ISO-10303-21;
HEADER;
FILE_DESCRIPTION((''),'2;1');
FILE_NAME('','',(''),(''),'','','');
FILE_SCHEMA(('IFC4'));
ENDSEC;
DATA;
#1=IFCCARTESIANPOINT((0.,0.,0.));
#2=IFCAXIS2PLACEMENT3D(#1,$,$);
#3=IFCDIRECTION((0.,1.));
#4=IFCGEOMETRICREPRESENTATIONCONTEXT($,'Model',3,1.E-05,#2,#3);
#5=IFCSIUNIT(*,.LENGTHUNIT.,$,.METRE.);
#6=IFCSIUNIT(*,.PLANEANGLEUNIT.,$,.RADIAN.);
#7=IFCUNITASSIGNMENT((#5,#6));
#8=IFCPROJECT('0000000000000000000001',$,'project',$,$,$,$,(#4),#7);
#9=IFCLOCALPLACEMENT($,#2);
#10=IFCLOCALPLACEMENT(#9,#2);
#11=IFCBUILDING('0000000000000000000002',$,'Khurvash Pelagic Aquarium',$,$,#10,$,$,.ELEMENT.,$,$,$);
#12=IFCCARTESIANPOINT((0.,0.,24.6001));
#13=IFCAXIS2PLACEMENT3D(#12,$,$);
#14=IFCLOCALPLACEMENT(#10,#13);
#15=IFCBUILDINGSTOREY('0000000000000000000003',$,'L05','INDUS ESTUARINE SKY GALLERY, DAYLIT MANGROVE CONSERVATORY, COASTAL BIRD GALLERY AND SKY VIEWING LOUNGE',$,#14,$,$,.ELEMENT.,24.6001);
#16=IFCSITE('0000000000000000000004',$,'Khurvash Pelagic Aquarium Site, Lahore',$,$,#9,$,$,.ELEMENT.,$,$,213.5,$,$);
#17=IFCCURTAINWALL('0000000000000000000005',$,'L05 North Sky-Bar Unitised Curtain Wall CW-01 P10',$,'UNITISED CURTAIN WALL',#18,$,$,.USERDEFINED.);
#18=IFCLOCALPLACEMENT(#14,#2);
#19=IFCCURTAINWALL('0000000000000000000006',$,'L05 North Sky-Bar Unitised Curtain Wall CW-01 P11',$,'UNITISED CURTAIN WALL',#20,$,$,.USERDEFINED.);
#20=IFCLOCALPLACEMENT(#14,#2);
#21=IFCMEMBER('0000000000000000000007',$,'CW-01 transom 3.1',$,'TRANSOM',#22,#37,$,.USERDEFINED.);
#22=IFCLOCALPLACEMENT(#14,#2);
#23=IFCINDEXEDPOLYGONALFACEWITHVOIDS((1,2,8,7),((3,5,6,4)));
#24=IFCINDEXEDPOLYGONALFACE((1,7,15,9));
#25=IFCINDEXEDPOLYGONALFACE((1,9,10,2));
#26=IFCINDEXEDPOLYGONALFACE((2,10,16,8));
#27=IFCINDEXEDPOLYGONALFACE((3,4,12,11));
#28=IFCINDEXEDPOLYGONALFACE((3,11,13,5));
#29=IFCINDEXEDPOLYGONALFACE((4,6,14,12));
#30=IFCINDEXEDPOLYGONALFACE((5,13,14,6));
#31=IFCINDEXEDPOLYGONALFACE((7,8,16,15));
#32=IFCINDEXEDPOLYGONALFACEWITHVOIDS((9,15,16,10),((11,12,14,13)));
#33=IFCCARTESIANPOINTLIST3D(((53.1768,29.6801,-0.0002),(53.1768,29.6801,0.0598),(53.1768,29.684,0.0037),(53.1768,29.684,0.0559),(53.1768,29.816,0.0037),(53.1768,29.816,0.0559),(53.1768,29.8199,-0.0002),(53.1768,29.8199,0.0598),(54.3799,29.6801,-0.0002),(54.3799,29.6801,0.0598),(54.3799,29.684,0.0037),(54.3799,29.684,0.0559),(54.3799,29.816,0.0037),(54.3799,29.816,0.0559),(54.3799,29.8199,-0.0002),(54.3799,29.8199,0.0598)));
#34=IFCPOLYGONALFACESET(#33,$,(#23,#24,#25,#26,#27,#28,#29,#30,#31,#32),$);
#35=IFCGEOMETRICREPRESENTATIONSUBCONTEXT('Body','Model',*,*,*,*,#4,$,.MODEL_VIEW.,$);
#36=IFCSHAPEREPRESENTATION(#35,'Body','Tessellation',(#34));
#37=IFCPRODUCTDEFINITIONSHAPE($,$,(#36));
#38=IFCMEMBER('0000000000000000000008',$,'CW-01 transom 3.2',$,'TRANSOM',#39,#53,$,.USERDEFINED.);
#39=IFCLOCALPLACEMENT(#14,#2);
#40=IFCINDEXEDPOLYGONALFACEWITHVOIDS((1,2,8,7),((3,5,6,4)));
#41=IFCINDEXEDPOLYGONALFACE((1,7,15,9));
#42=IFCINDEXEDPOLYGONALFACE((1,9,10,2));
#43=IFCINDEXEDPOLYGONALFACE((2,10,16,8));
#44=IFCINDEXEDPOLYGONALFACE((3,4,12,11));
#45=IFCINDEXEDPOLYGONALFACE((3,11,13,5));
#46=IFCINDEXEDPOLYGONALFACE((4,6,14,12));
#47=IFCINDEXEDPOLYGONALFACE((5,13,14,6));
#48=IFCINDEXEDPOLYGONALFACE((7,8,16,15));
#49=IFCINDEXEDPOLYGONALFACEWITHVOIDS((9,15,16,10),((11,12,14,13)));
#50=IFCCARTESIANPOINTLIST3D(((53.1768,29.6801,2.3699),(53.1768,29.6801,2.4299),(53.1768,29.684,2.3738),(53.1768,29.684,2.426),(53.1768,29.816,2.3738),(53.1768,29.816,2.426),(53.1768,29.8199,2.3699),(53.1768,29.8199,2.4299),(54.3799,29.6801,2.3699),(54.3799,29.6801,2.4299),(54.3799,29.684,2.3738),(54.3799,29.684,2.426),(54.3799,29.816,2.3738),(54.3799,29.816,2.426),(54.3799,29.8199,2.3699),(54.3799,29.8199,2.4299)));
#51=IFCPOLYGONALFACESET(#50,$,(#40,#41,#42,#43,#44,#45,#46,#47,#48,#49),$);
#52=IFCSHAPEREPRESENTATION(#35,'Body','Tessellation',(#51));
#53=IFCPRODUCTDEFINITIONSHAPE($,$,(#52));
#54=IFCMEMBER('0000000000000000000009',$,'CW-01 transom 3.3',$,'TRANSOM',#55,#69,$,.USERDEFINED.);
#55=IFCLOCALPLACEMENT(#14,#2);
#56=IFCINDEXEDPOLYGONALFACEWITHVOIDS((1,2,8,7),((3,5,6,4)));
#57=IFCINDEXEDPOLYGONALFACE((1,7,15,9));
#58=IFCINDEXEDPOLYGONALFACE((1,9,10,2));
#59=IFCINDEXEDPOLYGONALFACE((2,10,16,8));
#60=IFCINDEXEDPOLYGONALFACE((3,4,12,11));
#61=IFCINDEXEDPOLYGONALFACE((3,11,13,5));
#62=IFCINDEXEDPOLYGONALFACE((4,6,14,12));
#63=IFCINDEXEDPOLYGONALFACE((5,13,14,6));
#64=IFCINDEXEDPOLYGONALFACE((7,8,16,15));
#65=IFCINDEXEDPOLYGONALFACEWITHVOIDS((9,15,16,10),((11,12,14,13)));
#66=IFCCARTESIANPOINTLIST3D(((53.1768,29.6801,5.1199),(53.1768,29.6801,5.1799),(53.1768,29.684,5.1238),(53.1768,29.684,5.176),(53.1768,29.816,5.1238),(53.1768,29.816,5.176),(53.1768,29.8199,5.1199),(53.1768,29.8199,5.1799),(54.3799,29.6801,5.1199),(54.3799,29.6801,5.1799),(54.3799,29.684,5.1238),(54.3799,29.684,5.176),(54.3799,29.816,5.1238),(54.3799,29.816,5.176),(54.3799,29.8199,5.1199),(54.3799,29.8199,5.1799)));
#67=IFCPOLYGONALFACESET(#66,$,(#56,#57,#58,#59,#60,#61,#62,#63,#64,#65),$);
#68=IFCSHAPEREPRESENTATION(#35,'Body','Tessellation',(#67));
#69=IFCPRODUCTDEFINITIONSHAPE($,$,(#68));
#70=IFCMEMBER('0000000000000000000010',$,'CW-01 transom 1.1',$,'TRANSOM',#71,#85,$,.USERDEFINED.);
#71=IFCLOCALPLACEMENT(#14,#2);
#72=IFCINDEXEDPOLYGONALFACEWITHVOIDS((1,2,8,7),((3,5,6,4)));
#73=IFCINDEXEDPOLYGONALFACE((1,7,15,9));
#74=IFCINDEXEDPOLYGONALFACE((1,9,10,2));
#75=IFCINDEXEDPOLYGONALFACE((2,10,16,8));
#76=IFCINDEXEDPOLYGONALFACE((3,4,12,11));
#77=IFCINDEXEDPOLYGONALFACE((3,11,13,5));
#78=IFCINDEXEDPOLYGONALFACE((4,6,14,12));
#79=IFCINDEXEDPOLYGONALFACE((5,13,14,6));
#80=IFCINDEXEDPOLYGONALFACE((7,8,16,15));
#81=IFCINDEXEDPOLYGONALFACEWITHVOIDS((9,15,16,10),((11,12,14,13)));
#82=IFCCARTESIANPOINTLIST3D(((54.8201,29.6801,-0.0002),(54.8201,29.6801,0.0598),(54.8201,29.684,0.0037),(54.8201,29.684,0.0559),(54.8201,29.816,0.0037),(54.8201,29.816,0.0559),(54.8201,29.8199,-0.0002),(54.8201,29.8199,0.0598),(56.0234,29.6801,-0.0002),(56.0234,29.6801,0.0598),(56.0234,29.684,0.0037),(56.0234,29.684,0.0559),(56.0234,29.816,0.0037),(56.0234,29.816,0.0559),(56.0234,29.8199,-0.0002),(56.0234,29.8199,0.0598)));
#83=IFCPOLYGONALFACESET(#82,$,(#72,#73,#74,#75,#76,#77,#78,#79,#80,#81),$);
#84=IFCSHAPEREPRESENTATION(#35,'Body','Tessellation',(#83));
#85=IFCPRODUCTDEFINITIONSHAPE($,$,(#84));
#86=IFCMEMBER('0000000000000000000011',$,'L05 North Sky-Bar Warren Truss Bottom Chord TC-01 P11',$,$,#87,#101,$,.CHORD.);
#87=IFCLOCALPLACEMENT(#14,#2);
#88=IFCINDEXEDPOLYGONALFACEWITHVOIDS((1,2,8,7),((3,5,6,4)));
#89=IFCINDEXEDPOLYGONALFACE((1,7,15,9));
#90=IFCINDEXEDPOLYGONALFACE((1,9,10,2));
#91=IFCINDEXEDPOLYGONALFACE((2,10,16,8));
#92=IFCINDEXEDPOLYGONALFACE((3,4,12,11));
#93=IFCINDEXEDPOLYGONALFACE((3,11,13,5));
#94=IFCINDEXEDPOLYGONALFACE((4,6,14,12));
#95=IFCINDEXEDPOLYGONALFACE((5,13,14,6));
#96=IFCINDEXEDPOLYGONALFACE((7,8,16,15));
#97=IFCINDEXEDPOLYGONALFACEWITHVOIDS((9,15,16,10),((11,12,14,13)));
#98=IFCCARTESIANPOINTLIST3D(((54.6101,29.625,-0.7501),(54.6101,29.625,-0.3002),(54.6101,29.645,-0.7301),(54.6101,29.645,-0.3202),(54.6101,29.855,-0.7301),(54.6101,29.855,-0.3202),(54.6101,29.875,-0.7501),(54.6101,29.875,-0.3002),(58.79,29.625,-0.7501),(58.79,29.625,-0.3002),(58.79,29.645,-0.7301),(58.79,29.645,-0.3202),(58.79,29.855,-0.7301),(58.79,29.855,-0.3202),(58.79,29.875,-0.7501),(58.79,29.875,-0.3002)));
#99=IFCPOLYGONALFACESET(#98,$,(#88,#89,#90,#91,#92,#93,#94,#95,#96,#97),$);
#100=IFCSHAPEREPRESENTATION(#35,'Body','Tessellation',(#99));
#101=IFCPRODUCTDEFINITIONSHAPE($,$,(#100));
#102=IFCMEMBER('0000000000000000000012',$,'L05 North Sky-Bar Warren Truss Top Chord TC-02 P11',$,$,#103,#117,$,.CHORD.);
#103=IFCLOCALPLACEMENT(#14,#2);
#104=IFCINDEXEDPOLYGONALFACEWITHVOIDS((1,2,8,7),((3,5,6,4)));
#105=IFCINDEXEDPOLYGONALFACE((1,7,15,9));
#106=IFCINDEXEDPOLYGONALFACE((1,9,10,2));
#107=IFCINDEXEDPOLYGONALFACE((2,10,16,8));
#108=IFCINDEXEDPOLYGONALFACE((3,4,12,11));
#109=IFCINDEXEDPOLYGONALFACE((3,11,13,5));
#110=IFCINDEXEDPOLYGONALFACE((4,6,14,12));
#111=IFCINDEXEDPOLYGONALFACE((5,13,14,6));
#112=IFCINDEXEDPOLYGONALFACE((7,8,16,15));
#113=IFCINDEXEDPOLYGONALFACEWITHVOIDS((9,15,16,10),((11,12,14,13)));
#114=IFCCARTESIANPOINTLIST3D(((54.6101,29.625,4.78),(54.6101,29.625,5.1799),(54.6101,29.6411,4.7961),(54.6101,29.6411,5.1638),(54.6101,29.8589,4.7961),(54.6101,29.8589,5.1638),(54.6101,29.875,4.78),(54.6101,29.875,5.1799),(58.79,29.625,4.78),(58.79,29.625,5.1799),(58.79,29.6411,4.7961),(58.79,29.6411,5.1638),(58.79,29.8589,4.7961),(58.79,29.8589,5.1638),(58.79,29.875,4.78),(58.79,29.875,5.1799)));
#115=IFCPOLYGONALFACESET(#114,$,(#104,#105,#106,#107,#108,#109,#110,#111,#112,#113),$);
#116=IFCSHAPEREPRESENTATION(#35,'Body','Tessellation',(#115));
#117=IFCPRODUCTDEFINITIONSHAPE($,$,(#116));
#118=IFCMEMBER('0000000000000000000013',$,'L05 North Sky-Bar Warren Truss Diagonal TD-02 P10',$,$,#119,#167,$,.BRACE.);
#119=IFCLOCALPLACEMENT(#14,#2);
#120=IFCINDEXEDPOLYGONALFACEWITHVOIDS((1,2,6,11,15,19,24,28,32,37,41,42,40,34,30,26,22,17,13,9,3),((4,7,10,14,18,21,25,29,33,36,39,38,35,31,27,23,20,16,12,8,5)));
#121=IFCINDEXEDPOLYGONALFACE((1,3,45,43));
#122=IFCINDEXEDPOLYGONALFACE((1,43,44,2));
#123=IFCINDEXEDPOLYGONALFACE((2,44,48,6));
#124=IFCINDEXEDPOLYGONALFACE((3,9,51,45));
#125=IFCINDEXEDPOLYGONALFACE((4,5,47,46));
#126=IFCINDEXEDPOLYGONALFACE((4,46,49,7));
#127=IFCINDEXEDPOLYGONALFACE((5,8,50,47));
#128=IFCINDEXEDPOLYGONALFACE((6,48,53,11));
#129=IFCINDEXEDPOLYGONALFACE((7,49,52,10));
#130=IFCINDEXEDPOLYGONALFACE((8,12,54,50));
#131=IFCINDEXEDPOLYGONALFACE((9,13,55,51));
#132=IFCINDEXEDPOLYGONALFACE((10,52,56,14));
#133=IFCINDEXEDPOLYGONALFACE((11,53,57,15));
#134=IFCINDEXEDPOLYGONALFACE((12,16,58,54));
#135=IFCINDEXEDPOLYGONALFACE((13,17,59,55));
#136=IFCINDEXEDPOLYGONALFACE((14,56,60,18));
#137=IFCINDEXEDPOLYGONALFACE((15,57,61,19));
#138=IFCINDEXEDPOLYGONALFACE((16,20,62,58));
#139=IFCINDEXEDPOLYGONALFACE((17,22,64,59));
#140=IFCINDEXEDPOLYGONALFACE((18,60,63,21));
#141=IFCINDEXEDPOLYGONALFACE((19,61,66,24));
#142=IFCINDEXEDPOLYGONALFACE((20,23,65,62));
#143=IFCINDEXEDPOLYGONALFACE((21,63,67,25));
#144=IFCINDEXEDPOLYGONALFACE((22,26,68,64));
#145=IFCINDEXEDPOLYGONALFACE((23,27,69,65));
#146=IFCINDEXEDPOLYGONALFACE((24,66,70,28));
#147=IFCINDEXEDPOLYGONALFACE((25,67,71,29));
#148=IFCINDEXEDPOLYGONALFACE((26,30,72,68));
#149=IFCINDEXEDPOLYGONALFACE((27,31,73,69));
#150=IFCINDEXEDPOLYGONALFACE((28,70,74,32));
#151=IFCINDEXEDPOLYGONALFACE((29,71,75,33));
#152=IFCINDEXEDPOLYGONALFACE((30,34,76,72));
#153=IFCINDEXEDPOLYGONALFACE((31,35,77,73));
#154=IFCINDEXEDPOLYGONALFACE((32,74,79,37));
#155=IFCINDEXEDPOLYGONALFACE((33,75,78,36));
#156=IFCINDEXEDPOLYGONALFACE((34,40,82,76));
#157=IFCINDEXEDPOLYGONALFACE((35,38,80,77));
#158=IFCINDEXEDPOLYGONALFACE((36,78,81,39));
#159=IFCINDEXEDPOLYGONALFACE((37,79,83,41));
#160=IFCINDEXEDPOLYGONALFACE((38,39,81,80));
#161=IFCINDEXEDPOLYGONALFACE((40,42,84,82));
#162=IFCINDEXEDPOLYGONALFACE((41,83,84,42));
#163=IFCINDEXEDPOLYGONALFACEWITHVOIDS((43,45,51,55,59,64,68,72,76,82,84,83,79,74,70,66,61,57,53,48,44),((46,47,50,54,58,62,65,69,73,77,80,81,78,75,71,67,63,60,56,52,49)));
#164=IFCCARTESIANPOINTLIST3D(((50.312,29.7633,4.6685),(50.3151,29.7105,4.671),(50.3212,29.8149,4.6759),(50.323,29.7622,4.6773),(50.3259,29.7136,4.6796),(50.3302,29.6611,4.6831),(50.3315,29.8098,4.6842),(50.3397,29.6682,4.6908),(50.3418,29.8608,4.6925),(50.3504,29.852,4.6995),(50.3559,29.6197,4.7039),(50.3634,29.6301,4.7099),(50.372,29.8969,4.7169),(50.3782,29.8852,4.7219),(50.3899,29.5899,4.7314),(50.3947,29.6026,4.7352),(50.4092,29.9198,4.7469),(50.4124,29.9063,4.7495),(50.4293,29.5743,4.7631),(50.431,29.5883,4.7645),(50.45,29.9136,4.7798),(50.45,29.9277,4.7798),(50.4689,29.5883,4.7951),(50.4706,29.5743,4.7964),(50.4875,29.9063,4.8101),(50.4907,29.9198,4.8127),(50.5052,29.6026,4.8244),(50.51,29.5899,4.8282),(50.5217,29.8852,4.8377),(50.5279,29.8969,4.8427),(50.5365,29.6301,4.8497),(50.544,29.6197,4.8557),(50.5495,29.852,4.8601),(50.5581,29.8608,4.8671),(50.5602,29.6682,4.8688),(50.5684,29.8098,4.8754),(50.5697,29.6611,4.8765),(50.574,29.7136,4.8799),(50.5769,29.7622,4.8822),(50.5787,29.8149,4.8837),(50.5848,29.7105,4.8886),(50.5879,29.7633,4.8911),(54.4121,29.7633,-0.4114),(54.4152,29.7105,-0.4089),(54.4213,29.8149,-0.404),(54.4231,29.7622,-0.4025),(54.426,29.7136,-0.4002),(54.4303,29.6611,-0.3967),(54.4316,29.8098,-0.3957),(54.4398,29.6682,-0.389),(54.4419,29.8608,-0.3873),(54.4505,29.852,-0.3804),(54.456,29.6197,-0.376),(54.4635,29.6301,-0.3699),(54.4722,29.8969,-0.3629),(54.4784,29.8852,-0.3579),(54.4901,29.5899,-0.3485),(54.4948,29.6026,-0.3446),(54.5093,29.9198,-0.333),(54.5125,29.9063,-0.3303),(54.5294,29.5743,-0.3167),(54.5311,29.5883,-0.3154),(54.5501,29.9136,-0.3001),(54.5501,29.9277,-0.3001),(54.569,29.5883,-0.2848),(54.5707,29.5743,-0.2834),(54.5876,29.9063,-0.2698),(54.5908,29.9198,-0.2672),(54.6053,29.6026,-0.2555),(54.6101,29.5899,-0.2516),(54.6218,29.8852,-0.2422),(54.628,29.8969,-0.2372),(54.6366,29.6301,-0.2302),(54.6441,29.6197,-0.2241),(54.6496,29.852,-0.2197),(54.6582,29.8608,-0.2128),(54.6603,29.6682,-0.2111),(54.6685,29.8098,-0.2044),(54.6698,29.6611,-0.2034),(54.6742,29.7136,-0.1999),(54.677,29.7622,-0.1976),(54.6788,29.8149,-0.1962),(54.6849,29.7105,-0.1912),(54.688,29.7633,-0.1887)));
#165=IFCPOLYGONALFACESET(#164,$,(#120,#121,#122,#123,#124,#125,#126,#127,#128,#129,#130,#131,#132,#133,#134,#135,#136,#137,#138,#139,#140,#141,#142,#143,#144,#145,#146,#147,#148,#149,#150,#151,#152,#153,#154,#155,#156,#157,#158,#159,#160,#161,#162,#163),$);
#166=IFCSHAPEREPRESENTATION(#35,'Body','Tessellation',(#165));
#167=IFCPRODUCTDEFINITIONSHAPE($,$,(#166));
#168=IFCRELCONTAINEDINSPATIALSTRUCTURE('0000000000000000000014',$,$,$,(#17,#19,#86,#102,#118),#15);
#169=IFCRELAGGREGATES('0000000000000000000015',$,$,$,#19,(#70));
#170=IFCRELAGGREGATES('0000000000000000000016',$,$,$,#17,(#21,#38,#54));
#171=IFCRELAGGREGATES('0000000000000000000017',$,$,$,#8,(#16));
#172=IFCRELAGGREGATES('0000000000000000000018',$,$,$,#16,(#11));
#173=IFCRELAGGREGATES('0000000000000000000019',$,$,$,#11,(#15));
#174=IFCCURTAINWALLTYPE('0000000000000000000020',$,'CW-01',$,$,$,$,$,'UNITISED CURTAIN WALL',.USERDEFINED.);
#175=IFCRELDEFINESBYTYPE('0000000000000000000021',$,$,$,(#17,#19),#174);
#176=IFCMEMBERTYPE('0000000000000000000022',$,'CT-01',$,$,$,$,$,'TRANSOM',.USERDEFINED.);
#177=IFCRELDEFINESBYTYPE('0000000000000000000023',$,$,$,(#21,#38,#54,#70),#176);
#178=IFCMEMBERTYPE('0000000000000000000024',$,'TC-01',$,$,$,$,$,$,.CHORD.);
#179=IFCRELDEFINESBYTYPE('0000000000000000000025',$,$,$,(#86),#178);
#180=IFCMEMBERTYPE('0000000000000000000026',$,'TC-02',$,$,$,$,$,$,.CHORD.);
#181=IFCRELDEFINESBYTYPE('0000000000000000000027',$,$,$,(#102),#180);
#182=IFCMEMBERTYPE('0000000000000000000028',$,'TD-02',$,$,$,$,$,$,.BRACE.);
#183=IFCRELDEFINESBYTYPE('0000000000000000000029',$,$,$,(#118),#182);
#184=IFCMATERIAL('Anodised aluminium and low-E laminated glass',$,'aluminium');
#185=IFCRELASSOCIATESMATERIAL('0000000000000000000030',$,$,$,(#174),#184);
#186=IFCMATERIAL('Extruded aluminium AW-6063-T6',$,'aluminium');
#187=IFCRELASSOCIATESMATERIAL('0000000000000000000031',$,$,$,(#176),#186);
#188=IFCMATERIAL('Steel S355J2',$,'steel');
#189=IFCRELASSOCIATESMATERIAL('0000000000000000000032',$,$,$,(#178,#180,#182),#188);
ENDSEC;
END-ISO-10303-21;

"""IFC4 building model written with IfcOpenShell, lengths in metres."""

from ifc_helpers import new_model, si_unit, direction, frame, origin, origin_2d, place, context, subcontext, project, spatial, hollow_rectangle, hollow_circle, extrude, material, material_profile, profile_set, type_object, element, aggregate, save


model = new_model("IFC4")

# Units and contexts
model_context = context("Model", 3, precision=1e-05, world=origin(), true_north=direction((0.0, 1.0)))
body_context = subcontext(model_context, "Body", "Model", "MODEL_VIEW")
ifc_project = project(units=[si_unit("LENGTHUNIT", "METRE"), si_unit("PLANEANGLEUNIT", "RADIAN")], contexts=[model_context])

# Site, building, storey
site_placement = place(None, origin())
site = spatial("IfcSite", under=ifc_project, at=site_placement, Name="Khurvash Pelagic Aquarium Site, Lahore", CompositionType="ELEMENT", RefElevation=213.5)
building_placement = place(site_placement, origin())
building = spatial("IfcBuilding", under=site, at=building_placement, Name="Khurvash Pelagic Aquarium", CompositionType="ELEMENT")
storey_placement = place(building_placement, frame((0.0, 0.0, 24.6001)))
storey = spatial("IfcBuildingStorey", under=building, at=storey_placement, Name="L05", Description="INDUS ESTUARINE SKY GALLERY, DAYLIT MANGROVE CONSERVATORY, COASTAL BIRD GALLERY AND SKY VIEWING LOUNGE", CompositionType="ELEMENT", Elevation=24.6001)

# Curtain wall
ifc_material_1 = material(Name="Anodised aluminium and low-E laminated glass", Category="aluminium")
curtain_wall_type = type_object("IfcCurtainWallType", Name="CW-01", ElementType="UNITISED CURTAIN WALL", PredefinedType="USERDEFINED", material=ifc_material_1)
curtain_wall_1_placement = place(storey_placement, origin())
curtain_wall_1 = element("IfcCurtainWall", 1, at=curtain_wall_1_placement, inside=storey, type_object=curtain_wall_type, Name="L05 North Sky-Bar Unitised Curtain Wall CW-01 P10", ObjectType="UNITISED CURTAIN WALL", PredefinedType="USERDEFINED")
ifc_material_2 = material(Name="Extruded aluminium AW-6063-T6", Category="aluminium")

# Curtain wall
curtain_wall_2_placement = place(storey_placement, origin())
curtain_wall_2 = element("IfcCurtainWall", 2, at=curtain_wall_2_placement, inside=storey, type_object=curtain_wall_type, Name="L05 North Sky-Bar Unitised Curtain Wall CW-01 P11", ObjectType="UNITISED CURTAIN WALL", PredefinedType="USERDEFINED")

# Members
ifc_material_profile_1 = material_profile(ifc_material_2, hollow_rectangle(XDim=0.1399, YDim=0.0601, WallThickness=0.0039, at=origin_2d()), Name="CWT140X60X4")
ifc_profile_set_1 = profile_set([ifc_material_profile_1], Name="Extruded aluminium AW-6063-T6")
member_type_1 = type_object("IfcMemberType", Name="CT-01", ElementType="TRANSOM", PredefinedType="USERDEFINED", material=ifc_profile_set_1)
member_1_placement = place(storey_placement, frame((53.1768, 29.75, 0.0298), z_axis=(1.0, 0.0, 0.0), x_axis=(0.0, 1.0, 0.0)))
member_1 = element("IfcMember", 3, at=member_1_placement, type_object=member_type_1, Name="CW-01 transom 3.1", ObjectType="TRANSOM", PredefinedType="USERDEFINED", context=body_context, shape_type="SweptSolid", body=[
    extrude(hollow_rectangle(XDim=0.1399, YDim=0.0601, WallThickness=0.0039, at=origin_2d()), origin(), (0.0, 0.0, 1.0), 1.2031),
])
member_2_placement = place(storey_placement, frame((53.1768, 29.75, 2.3999), z_axis=(1.0, 0.0, 0.0), x_axis=(0.0, 1.0, 0.0)))
member_2 = element("IfcMember", 4, at=member_2_placement, type_object=member_type_1, Name="CW-01 transom 3.2", ObjectType="TRANSOM", PredefinedType="USERDEFINED", context=body_context, shape_type="SweptSolid", body=[
    extrude(hollow_rectangle(XDim=0.1399, YDim=0.0601, WallThickness=0.0039, at=origin_2d()), origin(), (0.0, 0.0, 1.0), 1.2031),
])
member_3_placement = place(storey_placement, frame((53.1768, 29.75, 5.1499), z_axis=(1.0, 0.0, 0.0), x_axis=(0.0, 1.0, 0.0)))
member_3 = element("IfcMember", 5, at=member_3_placement, type_object=member_type_1, Name="CW-01 transom 3.3", ObjectType="TRANSOM", PredefinedType="USERDEFINED", context=body_context, shape_type="SweptSolid", body=[
    extrude(hollow_rectangle(XDim=0.1399, YDim=0.0601, WallThickness=0.0039, at=origin_2d()), origin(), (0.0, 0.0, 1.0), 1.2031),
])
member_4_placement = place(storey_placement, frame((54.8201, 29.75, 0.0298), z_axis=(1.0, 0.0, 0.0), x_axis=(0.0, 1.0, 0.0)))
member_4 = element("IfcMember", 6, at=member_4_placement, type_object=member_type_1, Name="CW-01 transom 1.1", ObjectType="TRANSOM", PredefinedType="USERDEFINED", context=body_context, shape_type="SweptSolid", body=[
    extrude(hollow_rectangle(XDim=0.1399, YDim=0.0601, WallThickness=0.0039, at=origin_2d()), origin(), (0.0, 0.0, 1.0), 1.2034),
])
aggregate(curtain_wall_2, [member_4])

# Members
ifc_material_3 = material(Name="Steel S355J2", Category="steel")
ifc_material_profile_2 = material_profile(ifc_material_3, hollow_rectangle(XDim=0.25, YDim=0.45, WallThickness=0.02, at=origin_2d()), Name="RHS450X250X20")
ifc_profile_set_2 = profile_set([ifc_material_profile_2], Name="Steel S355J2")
member_type_2 = type_object("IfcMemberType", Name="TC-01", PredefinedType="CHORD", material=ifc_profile_set_2)
member_5_placement = place(storey_placement, frame((54.6101, 29.75, -0.5251), z_axis=(1.0, 0.0, 0.0), x_axis=(0.0, 1.0, 0.0)))
element("IfcMember", 7, at=member_5_placement, inside=storey, type_object=member_type_2, Name="L05 North Sky-Bar Warren Truss Bottom Chord TC-01 P11", PredefinedType="CHORD", context=body_context, shape_type="SweptSolid", body=[
    extrude(hollow_rectangle(XDim=0.25, YDim=0.45, WallThickness=0.02, at=origin_2d()), origin(), (0.0, 0.0, 1.0), 4.1799),
])
ifc_material_profile_3 = material_profile(ifc_material_3, hollow_rectangle(XDim=0.25, YDim=0.3999, WallThickness=0.0161, at=origin_2d()), Name="RHS400X250X16")
ifc_profile_set_3 = profile_set([ifc_material_profile_3], Name="Steel S355J2")
member_type_3 = type_object("IfcMemberType", Name="TC-02", PredefinedType="CHORD", material=ifc_profile_set_3)
member_6_placement = place(storey_placement, frame((54.6101, 29.75, 4.98), z_axis=(1.0, 0.0, 0.0), x_axis=(0.0, 1.0, 0.0)))
element("IfcMember", 8, at=member_6_placement, inside=storey, type_object=member_type_3, Name="L05 North Sky-Bar Warren Truss Top Chord TC-02 P11", PredefinedType="CHORD", context=body_context, shape_type="SweptSolid", body=[
    extrude(hollow_rectangle(XDim=0.25, YDim=0.3999, WallThickness=0.0161, at=origin_2d()), origin(), (0.0, 0.0, 1.0), 4.1799),
])
ifc_material_profile_4 = material_profile(ifc_material_3, hollow_circle(Radius=0.1777, WallThickness=0.0142, at=origin_2d()), Name="CHS355X14")
ifc_profile_set_4 = profile_set([ifc_material_profile_4], Name="Steel S355J2")
member_type_4 = type_object("IfcMemberType", Name="TD-02", PredefinedType="BRACE", material=ifc_profile_set_4)
for number, where, z_axis, x_axis, name in (
    (9, (50.45, 29.75, 4.7798), (0.628073, 0.0, -0.778154), (0.0, 1.0, 0.0), "L05 North Sky-Bar Warren Truss Diagonal TD-02 P10"),
):
    element("IfcMember", number, at=place(storey_placement, frame(where, z_axis=z_axis, x_axis=x_axis)), inside=storey, type_object=member_type_4, Name=name, PredefinedType="BRACE", context=body_context, shape_type="SweptSolid", body=[
        extrude(hollow_circle(Radius=0.1777, WallThickness=0.0142, at=origin_2d()), origin(), (0.0, 0.0, 1.0), 6.5281),
    ])

aggregate(curtain_wall_1, [member_1, member_2, member_3])

save(model, "model.ifc")
